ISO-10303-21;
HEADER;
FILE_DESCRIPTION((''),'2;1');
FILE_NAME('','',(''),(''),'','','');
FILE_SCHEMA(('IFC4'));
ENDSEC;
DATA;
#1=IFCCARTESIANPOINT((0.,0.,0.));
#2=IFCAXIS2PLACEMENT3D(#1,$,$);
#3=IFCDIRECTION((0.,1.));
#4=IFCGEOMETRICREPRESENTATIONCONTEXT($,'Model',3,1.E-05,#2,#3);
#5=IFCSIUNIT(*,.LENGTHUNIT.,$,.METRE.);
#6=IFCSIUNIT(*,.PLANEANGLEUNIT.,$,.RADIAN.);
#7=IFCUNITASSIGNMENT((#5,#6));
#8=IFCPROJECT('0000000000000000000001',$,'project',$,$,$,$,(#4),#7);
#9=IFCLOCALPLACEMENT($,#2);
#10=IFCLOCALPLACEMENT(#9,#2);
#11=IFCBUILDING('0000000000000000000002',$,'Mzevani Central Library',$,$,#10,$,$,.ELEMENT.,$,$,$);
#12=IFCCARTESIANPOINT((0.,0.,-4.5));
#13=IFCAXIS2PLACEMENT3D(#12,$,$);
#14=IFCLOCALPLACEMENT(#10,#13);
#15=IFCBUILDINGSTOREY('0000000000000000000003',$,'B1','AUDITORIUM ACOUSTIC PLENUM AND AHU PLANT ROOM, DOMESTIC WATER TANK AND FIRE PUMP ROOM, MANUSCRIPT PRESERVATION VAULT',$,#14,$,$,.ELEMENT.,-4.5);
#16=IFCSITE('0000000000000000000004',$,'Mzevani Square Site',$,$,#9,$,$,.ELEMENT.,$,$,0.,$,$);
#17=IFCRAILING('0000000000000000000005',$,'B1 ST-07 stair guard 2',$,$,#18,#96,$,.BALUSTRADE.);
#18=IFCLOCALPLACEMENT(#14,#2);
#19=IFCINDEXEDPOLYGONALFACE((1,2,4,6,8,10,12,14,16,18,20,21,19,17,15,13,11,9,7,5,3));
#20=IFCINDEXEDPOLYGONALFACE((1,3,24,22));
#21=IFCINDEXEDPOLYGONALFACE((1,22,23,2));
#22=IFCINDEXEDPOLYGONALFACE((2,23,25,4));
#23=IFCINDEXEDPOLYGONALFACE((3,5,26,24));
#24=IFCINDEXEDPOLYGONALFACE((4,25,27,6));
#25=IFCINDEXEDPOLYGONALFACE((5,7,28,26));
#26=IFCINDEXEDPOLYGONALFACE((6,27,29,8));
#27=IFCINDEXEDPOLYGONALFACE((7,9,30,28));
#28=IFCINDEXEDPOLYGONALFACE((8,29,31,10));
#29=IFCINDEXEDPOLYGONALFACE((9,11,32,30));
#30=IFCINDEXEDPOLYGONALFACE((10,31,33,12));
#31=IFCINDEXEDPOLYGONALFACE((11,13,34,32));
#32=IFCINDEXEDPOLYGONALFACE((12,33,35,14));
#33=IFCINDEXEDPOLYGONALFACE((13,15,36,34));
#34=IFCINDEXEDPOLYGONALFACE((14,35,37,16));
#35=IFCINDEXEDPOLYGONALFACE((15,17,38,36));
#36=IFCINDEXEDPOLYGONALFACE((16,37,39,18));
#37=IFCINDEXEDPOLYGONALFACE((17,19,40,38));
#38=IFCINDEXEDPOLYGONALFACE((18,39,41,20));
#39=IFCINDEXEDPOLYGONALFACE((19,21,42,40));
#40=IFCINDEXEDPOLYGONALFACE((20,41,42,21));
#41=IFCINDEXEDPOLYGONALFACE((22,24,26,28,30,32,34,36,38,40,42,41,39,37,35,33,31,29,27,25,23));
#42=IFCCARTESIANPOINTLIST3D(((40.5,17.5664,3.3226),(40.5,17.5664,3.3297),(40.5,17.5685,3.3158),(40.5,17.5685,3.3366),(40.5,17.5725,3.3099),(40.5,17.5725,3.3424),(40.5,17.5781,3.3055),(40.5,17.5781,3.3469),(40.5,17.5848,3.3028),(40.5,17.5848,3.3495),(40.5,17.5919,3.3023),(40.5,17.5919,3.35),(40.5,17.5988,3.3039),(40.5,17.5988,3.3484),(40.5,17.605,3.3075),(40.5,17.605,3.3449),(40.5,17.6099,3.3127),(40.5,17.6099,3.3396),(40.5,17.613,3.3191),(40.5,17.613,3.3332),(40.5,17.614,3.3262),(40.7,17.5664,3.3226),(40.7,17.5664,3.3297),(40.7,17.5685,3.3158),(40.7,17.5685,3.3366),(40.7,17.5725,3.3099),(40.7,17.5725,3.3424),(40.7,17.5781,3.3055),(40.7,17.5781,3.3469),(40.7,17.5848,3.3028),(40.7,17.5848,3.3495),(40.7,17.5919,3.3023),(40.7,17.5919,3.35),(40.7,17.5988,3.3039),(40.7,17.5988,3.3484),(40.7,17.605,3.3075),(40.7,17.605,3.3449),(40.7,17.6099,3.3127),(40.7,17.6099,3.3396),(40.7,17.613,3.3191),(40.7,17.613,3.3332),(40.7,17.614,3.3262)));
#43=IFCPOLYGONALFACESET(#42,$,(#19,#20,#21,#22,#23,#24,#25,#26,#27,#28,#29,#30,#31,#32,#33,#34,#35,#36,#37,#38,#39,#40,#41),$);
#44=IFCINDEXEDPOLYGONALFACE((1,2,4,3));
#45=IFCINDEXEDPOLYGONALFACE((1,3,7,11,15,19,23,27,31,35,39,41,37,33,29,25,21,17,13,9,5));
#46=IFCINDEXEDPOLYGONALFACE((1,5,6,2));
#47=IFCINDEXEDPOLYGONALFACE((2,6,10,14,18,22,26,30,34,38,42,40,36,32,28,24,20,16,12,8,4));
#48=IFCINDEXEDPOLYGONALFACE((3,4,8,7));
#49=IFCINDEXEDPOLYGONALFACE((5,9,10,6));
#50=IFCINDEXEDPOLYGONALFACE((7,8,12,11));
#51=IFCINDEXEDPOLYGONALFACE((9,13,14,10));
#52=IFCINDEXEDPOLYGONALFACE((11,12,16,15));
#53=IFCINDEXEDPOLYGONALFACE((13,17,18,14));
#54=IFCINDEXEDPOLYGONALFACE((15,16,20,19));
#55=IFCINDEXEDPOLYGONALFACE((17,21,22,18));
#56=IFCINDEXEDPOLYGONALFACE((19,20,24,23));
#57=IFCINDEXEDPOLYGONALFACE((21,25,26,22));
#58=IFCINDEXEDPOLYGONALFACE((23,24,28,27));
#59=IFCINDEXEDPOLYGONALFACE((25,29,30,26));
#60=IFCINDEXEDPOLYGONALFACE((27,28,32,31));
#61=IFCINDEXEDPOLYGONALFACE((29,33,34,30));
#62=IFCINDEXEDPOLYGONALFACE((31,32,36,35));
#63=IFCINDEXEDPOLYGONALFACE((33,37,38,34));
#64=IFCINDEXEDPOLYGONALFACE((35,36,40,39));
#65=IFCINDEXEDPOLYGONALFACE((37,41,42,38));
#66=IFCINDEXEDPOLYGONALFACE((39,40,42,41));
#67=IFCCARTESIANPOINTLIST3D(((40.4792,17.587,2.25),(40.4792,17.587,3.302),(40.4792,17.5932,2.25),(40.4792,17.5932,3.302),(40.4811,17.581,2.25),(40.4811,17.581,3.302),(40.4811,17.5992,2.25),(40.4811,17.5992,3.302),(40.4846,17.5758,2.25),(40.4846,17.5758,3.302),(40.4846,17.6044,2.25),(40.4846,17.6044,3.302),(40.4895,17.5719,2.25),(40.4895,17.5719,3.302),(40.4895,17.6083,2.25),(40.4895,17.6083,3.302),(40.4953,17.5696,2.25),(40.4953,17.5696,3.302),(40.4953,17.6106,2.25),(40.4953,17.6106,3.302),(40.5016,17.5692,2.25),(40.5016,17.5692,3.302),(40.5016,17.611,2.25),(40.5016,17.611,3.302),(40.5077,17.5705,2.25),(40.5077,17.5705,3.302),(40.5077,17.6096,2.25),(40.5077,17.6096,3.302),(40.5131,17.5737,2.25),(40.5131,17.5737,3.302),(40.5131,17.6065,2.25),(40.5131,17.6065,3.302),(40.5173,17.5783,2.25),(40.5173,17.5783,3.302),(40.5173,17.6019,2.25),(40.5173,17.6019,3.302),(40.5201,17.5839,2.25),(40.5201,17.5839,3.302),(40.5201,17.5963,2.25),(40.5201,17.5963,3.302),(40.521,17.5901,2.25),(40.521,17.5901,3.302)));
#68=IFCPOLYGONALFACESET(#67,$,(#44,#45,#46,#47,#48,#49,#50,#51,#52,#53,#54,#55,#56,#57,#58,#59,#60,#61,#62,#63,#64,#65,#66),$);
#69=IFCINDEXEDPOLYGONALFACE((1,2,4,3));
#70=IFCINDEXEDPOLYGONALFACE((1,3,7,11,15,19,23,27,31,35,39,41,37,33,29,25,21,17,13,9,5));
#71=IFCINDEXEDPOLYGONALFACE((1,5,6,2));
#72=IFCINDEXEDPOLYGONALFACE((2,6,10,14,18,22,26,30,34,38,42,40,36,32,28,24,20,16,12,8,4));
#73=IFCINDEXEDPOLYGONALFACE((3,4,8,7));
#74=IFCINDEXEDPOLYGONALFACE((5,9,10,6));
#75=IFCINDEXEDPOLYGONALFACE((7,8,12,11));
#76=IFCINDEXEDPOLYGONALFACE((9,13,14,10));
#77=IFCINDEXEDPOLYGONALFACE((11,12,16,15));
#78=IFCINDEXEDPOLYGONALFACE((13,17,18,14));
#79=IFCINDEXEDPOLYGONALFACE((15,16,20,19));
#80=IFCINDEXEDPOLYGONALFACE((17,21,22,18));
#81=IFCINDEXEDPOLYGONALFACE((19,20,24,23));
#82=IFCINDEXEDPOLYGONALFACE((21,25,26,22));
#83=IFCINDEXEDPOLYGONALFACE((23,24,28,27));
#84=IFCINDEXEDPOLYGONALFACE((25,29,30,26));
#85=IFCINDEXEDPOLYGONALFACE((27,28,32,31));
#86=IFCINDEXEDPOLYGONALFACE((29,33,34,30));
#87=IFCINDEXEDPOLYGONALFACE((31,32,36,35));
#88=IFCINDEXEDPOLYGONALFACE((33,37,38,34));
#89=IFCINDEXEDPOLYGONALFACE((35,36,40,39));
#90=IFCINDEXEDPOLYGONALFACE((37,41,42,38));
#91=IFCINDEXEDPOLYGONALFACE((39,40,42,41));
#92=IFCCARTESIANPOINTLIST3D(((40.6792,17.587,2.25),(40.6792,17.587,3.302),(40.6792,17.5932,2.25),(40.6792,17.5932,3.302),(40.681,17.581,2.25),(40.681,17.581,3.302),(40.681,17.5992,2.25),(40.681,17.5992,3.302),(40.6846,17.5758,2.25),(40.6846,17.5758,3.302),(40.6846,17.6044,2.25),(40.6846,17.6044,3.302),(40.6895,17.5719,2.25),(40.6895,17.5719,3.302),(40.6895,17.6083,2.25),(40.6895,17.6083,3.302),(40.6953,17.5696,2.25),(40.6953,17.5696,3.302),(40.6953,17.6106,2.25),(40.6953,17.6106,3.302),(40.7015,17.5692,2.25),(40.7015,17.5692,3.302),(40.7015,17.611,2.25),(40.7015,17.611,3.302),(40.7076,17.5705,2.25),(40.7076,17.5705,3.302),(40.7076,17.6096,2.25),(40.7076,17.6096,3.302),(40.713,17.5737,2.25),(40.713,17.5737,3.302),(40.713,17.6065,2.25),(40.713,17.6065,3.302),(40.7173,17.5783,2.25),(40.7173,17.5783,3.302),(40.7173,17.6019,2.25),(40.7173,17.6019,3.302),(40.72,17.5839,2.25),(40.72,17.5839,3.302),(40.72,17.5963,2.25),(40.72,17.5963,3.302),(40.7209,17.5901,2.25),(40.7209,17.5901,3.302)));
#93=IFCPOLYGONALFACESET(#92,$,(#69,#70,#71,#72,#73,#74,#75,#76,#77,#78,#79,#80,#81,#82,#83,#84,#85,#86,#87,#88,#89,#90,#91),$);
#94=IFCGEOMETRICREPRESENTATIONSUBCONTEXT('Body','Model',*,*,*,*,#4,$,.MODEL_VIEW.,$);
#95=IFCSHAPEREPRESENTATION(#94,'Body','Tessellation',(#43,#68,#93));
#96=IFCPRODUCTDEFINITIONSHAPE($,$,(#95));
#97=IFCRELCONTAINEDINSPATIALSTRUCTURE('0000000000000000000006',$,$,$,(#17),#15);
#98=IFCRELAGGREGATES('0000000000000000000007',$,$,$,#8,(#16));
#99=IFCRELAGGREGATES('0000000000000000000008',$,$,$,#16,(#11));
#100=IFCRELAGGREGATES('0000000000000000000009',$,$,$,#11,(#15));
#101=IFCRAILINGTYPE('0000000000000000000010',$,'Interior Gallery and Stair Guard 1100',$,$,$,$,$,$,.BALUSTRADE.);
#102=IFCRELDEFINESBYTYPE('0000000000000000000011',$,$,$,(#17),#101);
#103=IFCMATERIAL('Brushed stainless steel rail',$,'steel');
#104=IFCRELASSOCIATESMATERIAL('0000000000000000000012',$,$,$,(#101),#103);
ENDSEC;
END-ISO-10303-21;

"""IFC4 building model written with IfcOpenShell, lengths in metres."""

from ifc_helpers import new_model, si_unit, direction, frame, origin, origin_2d, place, context, subcontext, project, spatial, circle, extrude, material, type_object, element, save


model = new_model("IFC4")

# Units and contexts
model_context = context("Model", 3, precision=1e-05, world=origin(), true_north=direction((0.0, 1.0)))
body_context = subcontext(model_context, "Body", "Model", "MODEL_VIEW")
ifc_project = project(units=[si_unit("LENGTHUNIT", "METRE"), si_unit("PLANEANGLEUNIT", "RADIAN")], contexts=[model_context])

# Site, building, storey
site_placement = place(None, origin())
site = spatial("IfcSite", under=ifc_project, at=site_placement, Name="Mzevani Square Site", CompositionType="ELEMENT", RefElevation=0.0)
building_placement = place(site_placement, origin())
building = spatial("IfcBuilding", under=site, at=building_placement, Name="Mzevani Central Library", CompositionType="ELEMENT")
storey_placement = place(building_placement, frame((0.0, 0.0, -4.5)))
storey = spatial("IfcBuildingStorey", under=building, at=storey_placement, Name="B1", Description="AUDITORIUM ACOUSTIC PLENUM AND AHU PLANT ROOM, DOMESTIC WATER TANK AND FIRE PUMP ROOM, MANUSCRIPT PRESERVATION VAULT", CompositionType="ELEMENT", Elevation=-4.5)

# Railing
ifc_material_1 = material(Name="Brushed stainless steel rail", Category="steel")
railing_type_1 = type_object("IfcRailingType", Name="Interior Gallery and Stair Guard 1100", PredefinedType="BALUSTRADE", material=ifc_material_1)
railing_1_placement = place(storey_placement, frame((40.5, 17.5901, 2.25)))
element("IfcRailing", 1, at=railing_1_placement, inside=storey, type_object=railing_type_1, Name="B1 ST-07 stair guard 2", PredefinedType="BALUSTRADE", context=body_context, shape_type="SweptSolid", body=[
    extrude(circle(Radius=0.0239, at=origin_2d()), frame((0.0, 0.0, 1.0762), z_axis=(1.0, 0.0, 0.0), x_axis=(0.0, 1.0, 0.0)), (0.0, 0.0, 1.0), 0.2),
    extrude(circle(Radius=0.021, at=origin_2d()), origin(), (0.0, 0.0, 1.0), 1.052),
    extrude(circle(Radius=0.021, at=origin_2d()), frame((0.2, 0.0, 0.0)), (0.0, 0.0, 1.0), 1.052),
])

save(model, "model.ifc")
